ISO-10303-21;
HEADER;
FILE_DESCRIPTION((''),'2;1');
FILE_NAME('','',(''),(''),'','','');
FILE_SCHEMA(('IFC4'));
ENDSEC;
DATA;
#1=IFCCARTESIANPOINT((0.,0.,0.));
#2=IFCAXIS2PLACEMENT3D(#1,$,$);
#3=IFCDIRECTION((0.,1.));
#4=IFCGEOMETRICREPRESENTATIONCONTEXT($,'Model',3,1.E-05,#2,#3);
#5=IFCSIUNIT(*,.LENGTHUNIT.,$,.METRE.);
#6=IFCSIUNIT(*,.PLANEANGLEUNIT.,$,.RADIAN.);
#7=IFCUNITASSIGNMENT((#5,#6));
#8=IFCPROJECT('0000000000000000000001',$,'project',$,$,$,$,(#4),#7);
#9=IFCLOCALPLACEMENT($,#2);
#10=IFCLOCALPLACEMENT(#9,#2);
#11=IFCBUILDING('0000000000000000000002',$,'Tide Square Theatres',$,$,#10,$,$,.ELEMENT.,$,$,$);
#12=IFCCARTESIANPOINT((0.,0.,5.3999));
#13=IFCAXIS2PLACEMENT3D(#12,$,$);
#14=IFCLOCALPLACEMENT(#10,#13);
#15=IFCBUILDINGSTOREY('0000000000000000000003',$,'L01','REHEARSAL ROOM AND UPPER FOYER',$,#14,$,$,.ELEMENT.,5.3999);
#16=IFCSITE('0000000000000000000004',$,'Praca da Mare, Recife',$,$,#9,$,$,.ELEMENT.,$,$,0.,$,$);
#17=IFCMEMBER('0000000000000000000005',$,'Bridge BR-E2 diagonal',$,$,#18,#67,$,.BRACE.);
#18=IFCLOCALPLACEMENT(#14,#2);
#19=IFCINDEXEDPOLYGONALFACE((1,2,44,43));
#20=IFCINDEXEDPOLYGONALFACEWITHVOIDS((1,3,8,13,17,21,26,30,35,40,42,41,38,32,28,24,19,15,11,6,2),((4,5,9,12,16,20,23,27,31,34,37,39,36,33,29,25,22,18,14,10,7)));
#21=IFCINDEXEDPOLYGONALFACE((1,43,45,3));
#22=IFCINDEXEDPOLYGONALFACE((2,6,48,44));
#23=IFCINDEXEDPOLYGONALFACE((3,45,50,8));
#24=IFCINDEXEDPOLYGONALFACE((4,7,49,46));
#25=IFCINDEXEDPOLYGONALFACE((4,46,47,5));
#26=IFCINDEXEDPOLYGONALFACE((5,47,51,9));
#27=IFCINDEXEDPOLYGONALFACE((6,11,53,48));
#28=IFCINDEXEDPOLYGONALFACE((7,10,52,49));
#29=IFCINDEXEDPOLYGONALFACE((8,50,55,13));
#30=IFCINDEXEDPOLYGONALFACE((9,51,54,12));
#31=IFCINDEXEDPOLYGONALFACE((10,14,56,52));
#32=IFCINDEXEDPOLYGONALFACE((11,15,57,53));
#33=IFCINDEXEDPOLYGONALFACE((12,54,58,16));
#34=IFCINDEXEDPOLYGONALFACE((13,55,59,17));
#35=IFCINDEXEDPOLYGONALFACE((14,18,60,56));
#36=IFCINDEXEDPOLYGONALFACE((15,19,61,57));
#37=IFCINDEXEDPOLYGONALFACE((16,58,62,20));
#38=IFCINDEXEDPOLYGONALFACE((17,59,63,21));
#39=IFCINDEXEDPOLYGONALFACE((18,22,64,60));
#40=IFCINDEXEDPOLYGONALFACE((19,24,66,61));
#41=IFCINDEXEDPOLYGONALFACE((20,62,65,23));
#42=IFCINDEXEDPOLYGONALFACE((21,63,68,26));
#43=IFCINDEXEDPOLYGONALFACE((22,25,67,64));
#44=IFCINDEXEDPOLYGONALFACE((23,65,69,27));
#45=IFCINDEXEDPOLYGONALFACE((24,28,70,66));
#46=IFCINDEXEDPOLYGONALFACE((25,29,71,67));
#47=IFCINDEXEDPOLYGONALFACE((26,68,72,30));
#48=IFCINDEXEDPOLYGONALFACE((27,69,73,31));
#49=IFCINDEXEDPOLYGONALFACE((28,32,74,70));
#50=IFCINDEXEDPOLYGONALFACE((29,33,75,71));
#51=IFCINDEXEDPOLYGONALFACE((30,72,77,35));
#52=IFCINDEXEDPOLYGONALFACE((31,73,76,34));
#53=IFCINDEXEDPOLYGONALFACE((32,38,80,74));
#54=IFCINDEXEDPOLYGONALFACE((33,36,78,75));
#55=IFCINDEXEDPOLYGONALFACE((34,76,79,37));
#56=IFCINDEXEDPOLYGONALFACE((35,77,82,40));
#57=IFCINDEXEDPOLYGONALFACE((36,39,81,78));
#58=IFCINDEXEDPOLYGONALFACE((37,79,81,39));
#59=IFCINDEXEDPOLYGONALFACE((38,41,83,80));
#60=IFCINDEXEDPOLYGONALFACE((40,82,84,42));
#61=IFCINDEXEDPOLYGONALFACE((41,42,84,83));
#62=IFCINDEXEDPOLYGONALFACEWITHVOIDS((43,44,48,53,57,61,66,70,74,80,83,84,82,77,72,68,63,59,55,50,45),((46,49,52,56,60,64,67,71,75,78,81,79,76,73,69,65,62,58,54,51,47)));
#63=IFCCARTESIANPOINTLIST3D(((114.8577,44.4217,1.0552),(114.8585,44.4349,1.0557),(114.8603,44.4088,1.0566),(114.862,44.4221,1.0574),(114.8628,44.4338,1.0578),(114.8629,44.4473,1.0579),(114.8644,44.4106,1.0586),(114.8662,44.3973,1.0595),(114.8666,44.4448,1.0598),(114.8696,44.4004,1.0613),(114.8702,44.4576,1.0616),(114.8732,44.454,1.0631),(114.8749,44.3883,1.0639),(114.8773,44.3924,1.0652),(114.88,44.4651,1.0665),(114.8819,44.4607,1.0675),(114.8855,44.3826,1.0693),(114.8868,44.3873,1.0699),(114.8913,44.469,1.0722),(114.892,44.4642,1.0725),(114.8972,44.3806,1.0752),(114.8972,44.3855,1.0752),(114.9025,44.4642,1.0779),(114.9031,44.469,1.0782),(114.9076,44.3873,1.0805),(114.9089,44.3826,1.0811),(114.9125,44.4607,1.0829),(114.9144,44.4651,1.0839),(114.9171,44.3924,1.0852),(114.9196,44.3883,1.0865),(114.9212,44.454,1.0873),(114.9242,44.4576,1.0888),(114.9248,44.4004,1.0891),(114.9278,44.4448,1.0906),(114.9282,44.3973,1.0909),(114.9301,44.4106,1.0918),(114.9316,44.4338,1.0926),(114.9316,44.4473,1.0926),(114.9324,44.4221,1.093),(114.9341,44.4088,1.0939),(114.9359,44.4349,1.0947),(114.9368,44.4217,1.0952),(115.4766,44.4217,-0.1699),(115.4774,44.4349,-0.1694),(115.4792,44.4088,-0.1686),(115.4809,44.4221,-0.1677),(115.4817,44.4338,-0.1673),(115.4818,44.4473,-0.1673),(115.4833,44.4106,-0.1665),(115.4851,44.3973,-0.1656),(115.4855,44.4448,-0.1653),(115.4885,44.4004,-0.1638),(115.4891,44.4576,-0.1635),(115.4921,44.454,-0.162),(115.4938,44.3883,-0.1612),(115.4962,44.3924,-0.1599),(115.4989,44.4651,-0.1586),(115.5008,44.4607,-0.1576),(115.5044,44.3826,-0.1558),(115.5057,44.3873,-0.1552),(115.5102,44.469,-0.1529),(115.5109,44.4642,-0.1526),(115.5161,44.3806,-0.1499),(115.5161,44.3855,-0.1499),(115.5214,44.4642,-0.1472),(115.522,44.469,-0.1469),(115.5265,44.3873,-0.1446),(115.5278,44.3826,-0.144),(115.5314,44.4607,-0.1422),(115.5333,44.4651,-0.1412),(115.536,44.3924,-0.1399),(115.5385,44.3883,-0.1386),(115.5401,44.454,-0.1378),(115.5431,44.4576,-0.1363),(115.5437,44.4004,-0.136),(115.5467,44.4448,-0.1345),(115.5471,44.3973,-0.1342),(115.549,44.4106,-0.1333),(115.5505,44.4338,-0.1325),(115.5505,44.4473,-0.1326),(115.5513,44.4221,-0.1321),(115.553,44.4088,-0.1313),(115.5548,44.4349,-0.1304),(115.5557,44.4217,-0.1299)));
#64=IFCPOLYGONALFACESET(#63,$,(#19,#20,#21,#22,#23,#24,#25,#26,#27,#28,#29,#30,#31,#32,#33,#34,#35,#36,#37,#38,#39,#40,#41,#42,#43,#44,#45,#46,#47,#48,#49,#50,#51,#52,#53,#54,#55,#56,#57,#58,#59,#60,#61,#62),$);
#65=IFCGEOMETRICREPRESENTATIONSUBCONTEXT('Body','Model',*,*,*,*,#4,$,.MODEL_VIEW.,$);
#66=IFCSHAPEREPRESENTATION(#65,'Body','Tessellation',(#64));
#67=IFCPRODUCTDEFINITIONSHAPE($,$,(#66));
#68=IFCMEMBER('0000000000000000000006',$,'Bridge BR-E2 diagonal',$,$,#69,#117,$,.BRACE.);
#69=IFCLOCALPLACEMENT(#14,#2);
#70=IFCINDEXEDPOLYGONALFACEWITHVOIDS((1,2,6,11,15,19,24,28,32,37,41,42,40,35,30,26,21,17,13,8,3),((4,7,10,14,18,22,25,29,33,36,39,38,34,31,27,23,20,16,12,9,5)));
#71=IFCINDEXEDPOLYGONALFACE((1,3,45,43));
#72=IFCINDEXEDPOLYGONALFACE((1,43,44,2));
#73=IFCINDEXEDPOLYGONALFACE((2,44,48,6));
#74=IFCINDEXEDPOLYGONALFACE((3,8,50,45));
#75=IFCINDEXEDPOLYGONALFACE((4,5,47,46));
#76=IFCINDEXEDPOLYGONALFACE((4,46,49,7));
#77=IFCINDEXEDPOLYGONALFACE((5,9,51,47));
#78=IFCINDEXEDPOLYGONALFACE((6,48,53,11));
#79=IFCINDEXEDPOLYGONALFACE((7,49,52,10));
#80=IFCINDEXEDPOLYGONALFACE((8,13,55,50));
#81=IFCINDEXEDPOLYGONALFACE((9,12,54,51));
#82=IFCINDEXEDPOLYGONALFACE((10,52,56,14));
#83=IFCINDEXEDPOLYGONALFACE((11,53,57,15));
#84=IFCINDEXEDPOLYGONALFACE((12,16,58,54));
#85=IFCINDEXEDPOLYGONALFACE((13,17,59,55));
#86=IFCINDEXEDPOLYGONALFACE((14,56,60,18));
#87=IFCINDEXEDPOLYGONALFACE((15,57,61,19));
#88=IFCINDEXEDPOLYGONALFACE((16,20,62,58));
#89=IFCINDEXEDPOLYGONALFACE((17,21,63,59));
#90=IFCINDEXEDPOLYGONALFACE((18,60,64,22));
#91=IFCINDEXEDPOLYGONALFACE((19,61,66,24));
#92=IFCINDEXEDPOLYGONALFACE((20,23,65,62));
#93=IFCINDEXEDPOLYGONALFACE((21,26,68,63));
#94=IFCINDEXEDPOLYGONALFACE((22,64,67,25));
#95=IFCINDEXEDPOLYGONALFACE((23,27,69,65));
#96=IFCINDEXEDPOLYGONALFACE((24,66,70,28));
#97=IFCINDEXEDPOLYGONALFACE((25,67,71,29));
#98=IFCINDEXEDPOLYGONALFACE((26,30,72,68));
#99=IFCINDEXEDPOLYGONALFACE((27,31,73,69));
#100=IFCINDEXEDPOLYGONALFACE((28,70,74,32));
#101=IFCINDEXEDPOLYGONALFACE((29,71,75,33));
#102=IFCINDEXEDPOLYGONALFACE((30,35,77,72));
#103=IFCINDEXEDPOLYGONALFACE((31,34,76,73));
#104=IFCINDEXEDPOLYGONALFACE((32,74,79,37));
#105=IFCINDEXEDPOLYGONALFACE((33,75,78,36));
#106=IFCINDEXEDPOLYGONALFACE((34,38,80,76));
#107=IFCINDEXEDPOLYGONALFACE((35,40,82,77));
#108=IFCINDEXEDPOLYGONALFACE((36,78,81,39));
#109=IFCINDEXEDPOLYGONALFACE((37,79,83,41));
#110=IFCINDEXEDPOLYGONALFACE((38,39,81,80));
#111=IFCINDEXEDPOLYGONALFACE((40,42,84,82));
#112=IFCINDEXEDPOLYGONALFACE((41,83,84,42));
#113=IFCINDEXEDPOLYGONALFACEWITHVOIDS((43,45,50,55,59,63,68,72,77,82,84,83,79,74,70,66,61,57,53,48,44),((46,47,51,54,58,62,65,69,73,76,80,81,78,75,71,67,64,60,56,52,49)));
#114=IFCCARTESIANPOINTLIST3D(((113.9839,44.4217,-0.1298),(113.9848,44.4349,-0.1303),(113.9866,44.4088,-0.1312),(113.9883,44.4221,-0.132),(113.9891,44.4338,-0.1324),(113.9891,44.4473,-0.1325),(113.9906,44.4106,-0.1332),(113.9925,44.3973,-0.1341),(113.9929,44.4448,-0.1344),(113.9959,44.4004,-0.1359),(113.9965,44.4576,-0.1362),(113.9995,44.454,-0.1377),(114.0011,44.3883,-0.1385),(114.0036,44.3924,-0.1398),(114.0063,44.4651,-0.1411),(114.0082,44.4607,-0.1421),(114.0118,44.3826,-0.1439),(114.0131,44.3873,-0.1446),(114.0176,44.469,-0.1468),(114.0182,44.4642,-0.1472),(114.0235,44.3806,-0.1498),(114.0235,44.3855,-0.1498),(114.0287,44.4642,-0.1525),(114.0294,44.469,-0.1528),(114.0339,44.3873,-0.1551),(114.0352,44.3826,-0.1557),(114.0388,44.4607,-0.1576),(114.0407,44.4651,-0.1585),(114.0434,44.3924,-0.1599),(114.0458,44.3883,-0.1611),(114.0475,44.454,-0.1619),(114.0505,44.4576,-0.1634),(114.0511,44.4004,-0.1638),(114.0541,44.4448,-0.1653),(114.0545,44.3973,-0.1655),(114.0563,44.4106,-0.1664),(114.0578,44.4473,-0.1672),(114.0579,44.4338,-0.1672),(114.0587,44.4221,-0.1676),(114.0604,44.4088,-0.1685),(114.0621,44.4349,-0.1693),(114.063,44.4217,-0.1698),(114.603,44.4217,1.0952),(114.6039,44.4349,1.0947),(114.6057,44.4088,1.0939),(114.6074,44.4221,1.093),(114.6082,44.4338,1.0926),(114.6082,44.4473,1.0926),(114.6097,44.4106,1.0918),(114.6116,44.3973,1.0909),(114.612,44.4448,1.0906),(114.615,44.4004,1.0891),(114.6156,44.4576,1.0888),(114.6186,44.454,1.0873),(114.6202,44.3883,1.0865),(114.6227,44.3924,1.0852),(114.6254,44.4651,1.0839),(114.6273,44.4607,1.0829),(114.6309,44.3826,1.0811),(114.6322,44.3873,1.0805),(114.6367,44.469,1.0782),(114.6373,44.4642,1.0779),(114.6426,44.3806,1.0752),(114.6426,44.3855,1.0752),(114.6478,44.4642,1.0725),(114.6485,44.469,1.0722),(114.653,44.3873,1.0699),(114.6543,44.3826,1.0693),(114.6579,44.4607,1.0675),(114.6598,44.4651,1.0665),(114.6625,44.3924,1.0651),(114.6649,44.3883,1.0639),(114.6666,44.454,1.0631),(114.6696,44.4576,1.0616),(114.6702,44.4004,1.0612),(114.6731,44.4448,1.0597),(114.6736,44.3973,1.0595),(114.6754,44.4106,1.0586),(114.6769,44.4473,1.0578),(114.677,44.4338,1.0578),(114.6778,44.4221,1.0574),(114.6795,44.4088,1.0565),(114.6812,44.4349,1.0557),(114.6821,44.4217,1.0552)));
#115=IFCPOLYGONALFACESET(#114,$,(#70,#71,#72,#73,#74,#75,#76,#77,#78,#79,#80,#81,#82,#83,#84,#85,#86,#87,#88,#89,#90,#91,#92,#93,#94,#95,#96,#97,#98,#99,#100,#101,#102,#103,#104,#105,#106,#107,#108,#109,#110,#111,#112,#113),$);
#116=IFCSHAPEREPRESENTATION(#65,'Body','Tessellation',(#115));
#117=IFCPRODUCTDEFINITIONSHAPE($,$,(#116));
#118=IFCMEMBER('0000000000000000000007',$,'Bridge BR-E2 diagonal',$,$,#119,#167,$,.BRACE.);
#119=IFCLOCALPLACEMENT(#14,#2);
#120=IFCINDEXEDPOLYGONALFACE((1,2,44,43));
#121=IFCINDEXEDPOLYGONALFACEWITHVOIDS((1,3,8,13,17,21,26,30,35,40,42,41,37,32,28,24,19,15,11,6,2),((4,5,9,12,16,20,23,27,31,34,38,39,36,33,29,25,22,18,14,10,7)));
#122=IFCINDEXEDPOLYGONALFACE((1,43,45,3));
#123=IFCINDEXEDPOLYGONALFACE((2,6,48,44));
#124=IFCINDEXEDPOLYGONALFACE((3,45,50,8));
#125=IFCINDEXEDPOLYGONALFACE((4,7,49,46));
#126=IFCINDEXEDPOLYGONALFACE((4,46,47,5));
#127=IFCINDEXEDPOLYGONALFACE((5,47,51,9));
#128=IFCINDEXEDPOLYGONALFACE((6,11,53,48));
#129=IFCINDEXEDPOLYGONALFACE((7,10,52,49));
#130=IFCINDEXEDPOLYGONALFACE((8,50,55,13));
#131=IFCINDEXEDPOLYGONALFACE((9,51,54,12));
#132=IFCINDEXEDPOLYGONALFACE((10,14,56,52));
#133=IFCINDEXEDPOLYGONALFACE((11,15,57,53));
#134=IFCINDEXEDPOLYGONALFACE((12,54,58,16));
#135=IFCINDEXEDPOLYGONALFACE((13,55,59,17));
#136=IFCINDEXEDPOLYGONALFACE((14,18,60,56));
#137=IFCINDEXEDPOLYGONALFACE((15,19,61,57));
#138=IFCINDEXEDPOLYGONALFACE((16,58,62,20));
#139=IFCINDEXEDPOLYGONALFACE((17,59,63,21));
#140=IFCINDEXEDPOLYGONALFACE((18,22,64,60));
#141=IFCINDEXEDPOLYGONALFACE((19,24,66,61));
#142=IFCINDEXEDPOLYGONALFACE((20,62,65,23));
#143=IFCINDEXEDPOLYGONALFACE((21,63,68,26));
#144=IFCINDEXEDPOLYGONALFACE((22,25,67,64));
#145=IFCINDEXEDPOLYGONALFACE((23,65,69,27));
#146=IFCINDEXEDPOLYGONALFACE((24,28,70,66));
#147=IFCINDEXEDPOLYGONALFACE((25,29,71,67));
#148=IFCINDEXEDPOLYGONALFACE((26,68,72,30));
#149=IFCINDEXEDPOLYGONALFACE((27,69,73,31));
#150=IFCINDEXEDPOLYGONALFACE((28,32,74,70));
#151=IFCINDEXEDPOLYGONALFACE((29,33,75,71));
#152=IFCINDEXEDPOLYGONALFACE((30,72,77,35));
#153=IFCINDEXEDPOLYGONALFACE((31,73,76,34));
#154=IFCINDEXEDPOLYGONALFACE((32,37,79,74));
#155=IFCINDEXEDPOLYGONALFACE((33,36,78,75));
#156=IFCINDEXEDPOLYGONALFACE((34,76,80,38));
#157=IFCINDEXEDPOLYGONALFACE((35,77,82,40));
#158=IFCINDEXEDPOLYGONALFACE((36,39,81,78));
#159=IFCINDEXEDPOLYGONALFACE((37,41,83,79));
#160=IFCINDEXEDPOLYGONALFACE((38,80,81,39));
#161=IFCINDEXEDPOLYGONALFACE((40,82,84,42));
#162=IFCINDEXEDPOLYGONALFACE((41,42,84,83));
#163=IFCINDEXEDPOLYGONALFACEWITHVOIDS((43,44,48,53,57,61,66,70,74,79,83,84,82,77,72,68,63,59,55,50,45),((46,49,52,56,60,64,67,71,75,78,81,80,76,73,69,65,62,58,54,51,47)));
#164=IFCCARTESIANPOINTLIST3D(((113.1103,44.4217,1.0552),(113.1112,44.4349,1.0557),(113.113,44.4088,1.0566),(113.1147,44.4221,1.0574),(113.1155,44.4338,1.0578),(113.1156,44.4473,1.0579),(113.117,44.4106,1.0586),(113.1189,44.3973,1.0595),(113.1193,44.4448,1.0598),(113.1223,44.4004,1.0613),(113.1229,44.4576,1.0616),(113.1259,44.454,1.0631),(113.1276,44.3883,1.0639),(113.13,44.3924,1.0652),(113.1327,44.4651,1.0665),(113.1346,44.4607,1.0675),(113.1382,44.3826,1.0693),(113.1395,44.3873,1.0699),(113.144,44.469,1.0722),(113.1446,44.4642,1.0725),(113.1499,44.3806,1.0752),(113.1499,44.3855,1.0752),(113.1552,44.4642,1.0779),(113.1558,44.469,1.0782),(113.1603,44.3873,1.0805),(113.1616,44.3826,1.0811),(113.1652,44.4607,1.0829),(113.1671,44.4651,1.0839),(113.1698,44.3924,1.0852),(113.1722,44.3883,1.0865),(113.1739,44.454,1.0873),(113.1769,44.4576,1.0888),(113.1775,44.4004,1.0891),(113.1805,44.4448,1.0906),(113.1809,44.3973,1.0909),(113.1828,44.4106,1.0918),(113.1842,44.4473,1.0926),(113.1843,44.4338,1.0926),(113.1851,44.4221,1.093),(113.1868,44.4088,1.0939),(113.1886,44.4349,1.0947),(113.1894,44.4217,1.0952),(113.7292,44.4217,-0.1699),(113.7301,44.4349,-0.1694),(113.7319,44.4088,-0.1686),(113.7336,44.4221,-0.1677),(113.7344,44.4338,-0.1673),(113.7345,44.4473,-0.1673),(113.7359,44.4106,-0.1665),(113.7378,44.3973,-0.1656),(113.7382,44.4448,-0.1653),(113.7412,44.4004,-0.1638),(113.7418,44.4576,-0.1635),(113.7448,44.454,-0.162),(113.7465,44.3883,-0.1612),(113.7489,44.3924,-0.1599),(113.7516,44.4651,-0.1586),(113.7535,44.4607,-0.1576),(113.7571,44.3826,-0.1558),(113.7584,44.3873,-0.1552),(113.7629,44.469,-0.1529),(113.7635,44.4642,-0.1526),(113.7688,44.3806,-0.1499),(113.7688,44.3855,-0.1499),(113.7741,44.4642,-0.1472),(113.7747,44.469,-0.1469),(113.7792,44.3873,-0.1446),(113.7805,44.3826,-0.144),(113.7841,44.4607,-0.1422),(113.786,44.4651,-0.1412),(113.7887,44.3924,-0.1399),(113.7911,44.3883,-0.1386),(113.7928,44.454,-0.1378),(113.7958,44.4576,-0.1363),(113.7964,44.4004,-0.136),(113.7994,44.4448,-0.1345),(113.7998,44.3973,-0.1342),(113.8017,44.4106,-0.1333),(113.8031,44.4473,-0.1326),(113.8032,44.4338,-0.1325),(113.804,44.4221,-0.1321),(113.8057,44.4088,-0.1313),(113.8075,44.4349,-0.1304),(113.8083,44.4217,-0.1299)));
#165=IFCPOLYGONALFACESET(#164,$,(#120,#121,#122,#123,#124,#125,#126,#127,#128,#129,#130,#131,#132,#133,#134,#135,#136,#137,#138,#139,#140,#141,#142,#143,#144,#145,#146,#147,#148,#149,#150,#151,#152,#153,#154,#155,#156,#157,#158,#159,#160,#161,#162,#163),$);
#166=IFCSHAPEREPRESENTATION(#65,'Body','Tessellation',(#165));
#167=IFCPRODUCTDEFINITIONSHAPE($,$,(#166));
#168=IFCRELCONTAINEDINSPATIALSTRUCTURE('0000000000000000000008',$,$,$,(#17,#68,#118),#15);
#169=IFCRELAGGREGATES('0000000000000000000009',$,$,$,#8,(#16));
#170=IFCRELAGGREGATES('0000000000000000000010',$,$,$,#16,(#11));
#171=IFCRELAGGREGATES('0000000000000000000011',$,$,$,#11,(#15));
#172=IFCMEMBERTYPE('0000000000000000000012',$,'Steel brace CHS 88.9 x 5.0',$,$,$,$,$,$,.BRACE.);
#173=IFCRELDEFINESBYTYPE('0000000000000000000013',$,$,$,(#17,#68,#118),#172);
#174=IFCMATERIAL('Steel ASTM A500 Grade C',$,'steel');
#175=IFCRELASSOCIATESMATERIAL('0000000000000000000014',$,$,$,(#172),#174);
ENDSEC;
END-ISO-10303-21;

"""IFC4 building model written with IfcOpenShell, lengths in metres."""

from ifc_helpers import new_model, si_unit, direction, frame, origin, origin_2d, place, context, subcontext, project, spatial, hollow_circle, extrude, material, material_profile, profile_set, type_object, element, save


model = new_model("IFC4")

# Units and contexts
model_context = context("Model", 3, precision=1e-05, world=origin(), true_north=direction((0.0, 1.0)))
body_context = subcontext(model_context, "Body", "Model", "MODEL_VIEW")
ifc_project = project(units=[si_unit("LENGTHUNIT", "METRE"), si_unit("PLANEANGLEUNIT", "RADIAN")], contexts=[model_context])

# Site, building, storey
site_placement = place(None, origin())
site = spatial("IfcSite", under=ifc_project, at=site_placement, Name="Praca da Mare, Recife", CompositionType="ELEMENT", RefElevation=0.0)
building_placement = place(site_placement, origin())
building = spatial("IfcBuilding", under=site, at=building_placement, Name="Tide Square Theatres", CompositionType="ELEMENT")
storey_placement = place(building_placement, frame((0.0, 0.0, 5.3999)))
storey = spatial("IfcBuildingStorey", under=building, at=storey_placement, Name="L01", Description="REHEARSAL ROOM AND UPPER FOYER", CompositionType="ELEMENT", Elevation=5.3999)

# Members
ifc_material_1 = material(Name="Steel ASTM A500 Grade C", Category="steel")
ifc_material_profile_1 = material_profile(ifc_material_1, hollow_circle(Radius=0.0444, WallThickness=0.0049, at=origin_2d()))
ifc_profile_set_1 = profile_set([ifc_material_profile_1], Name="Steel ASTM A500 Grade C")
member_type_1 = type_object("IfcMemberType", Name="Steel brace CHS 88.9 x 5.0", PredefinedType="BRACE", material=ifc_profile_set_1)
for number, where, z_axis, x_axis, name in (
    (1, (115.5161, 44.425, -0.1499), (-0.45091, 0.0, 0.89257), (0.0, -1.0, 0.0), "Bridge BR-E2 diagonal"),
    (2, (114.6426, 44.425, 1.0752), (-0.451051, 0.0, -0.892498), (0.0, -1.0, 0.0), "Bridge BR-E2 diagonal"),
    (3, (113.7688, 44.425, -0.1499), (-0.45091, 0.0, 0.89257), (0.0, -1.0, 0.0), "Bridge BR-E2 diagonal"),
):
    element("IfcMember", number, at=place(storey_placement, frame(where, z_axis=z_axis, x_axis=x_axis)), inside=storey, type_object=member_type_1, Name=name, PredefinedType="BRACE", context=body_context, shape_type="SweptSolid", body=[
        extrude(hollow_circle(Radius=0.0444, WallThickness=0.0049, at=origin_2d()), origin(), (0.0, 0.0, 1.0), 1.3726),
    ])

save(model, "model.ifc")
